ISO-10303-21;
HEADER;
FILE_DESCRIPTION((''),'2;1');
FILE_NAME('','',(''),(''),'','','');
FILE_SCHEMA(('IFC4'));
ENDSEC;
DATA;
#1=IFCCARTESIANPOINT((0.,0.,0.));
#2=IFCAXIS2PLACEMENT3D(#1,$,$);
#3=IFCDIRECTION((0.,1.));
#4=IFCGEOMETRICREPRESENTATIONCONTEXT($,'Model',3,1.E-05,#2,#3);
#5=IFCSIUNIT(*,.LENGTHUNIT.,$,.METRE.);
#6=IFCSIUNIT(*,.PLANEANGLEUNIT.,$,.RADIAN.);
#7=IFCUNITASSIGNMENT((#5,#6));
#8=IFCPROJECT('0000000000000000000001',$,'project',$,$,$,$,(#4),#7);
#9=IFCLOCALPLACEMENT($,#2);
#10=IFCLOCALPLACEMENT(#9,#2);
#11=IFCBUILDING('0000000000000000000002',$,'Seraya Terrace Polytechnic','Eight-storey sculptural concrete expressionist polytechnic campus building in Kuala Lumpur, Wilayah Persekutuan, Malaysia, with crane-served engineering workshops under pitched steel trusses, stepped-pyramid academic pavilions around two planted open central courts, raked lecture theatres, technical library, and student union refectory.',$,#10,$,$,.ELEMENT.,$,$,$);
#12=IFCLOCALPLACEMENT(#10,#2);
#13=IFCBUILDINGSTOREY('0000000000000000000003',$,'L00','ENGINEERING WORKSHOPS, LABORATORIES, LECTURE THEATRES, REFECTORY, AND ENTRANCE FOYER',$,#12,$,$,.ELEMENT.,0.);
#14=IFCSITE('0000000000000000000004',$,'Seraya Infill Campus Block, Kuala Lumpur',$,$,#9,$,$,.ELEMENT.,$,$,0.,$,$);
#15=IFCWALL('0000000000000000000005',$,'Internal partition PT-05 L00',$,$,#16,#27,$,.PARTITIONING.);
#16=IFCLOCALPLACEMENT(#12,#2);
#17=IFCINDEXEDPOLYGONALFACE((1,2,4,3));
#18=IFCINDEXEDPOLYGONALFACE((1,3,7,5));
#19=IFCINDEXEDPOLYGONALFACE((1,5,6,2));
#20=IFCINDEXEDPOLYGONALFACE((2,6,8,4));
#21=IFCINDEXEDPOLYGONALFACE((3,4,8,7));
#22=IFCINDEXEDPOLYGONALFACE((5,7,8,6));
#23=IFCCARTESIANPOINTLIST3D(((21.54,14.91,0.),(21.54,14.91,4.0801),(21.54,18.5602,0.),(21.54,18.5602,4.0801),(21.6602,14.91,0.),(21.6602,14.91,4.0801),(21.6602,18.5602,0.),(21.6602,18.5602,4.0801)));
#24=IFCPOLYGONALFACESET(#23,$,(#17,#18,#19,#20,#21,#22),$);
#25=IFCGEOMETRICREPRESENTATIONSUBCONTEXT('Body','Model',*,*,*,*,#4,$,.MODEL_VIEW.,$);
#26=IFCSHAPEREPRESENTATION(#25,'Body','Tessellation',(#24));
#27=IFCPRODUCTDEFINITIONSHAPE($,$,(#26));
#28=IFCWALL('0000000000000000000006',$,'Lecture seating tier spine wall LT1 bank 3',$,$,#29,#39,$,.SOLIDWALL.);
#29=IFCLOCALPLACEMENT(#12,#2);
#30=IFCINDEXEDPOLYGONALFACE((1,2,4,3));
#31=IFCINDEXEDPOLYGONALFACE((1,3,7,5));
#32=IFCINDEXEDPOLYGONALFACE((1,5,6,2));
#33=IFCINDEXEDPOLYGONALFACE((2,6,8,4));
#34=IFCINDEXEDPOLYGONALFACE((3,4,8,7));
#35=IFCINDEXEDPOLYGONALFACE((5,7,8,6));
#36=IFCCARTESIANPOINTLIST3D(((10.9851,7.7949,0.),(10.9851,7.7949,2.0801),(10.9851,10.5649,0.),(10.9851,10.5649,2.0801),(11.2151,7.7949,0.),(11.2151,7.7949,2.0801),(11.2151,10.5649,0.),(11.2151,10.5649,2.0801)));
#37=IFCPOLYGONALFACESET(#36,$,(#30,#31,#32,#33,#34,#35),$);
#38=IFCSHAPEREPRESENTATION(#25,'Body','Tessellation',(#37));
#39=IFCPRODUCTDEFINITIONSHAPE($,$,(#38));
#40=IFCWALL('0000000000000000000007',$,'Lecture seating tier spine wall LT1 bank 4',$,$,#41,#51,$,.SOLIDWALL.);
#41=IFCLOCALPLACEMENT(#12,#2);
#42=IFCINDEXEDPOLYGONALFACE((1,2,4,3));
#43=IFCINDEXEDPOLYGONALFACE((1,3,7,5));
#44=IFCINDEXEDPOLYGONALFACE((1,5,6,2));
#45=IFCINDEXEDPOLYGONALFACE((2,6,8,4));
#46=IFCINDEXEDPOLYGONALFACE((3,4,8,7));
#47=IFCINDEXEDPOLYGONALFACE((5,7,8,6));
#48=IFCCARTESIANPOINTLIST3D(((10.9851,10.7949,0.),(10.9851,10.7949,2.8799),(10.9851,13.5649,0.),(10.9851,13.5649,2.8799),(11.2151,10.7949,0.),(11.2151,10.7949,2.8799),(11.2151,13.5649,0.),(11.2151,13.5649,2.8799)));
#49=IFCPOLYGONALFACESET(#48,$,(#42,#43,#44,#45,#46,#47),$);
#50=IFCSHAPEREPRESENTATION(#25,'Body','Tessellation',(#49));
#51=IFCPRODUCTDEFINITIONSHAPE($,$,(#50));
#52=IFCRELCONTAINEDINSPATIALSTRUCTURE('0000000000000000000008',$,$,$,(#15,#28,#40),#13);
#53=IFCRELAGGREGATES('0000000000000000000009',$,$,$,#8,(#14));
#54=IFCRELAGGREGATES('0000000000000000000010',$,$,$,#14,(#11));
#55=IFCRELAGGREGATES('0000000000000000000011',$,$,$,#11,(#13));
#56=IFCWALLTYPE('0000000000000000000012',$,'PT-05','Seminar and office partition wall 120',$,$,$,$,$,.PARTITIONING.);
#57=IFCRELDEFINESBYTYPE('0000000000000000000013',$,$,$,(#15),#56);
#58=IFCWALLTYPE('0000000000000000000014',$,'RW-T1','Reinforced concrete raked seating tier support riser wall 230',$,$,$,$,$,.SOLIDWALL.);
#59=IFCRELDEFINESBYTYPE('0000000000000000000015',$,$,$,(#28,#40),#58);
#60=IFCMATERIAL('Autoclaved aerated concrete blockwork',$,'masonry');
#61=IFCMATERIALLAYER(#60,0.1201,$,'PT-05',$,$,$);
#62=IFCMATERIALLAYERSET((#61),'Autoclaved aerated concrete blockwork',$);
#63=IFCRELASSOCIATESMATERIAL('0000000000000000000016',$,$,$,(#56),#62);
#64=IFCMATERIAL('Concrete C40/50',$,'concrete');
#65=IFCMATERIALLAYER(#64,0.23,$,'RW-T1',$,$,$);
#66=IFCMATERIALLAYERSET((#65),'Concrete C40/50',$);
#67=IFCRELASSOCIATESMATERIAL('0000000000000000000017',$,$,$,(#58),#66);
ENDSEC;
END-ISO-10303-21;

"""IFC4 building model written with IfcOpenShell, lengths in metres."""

from ifc_helpers import new_model, si_unit, direction, frame, frame_2d, origin, place, context, subcontext, project, spatial, rectangle, extrude, material, layer, layer_set, type_object, element, save


model = new_model("IFC4")

# Units and contexts
model_context = context("Model", 3, precision=1e-05, world=origin(), true_north=direction((0.0, 1.0)))
body_context = subcontext(model_context, "Body", "Model", "MODEL_VIEW")
ifc_project = project(units=[si_unit("LENGTHUNIT", "METRE"), si_unit("PLANEANGLEUNIT", "RADIAN")], contexts=[model_context])

# Site, building, storey
site_placement = place(None, origin())
site = spatial("IfcSite", under=ifc_project, at=site_placement, Name="Seraya Infill Campus Block, Kuala Lumpur", CompositionType="ELEMENT", RefElevation=0.0)
building_placement = place(site_placement, origin())
building = spatial("IfcBuilding", under=site, at=building_placement, Name="Seraya Terrace Polytechnic", Description="Eight-storey sculptural concrete expressionist polytechnic campus building in Kuala Lumpur, Wilayah Persekutuan, Malaysia, with crane-served engineering workshops under pitched steel trusses, stepped-pyramid academic pavilions around two planted open central courts, raked lecture theatres, technical library, and student union refectory.", CompositionType="ELEMENT")
storey_placement = place(building_placement, origin())
storey = spatial("IfcBuildingStorey", under=building, at=storey_placement, Name="L00", Description="ENGINEERING WORKSHOPS, LABORATORIES, LECTURE THEATRES, REFECTORY, AND ENTRANCE FOYER", CompositionType="ELEMENT", Elevation=0.0)

# Shared definitions
ifc_material_1 = material(Name="Concrete C40/50", Category="concrete")

# Walls
ifc_material_2 = material(Name="Autoclaved aerated concrete blockwork", Category="masonry")
ifc_layer_1 = layer(ifc_material_2, 0.1201, Name="PT-05")
ifc_layer_set_1 = layer_set([ifc_layer_1], Name="Autoclaved aerated concrete blockwork")
wall_type_1 = type_object("IfcWallType", Name="PT-05", Description="Seminar and office partition wall 120", PredefinedType="PARTITIONING", material=ifc_layer_set_1)
wall_1_placement = place(storey_placement, frame((21.6001, 14.9099, 0.0), z_axis=(0.0, 0.0, 1.0), x_axis=(0.0, 1.0, 0.0)))
element("IfcWall", 1, at=wall_1_placement, inside=storey, type_object=wall_type_1, Name="Internal partition PT-05 L00", PredefinedType="PARTITIONING", context=body_context, shape_type="SweptSolid", body=[
    extrude(rectangle(XDim=3.6501, YDim=0.1201, at=frame_2d((1.8252, 0.0))), origin(), (0.0, 0.0, 1.0), 4.0801),
])
ifc_layer_2 = layer(ifc_material_1, 0.23, Name="RW-T1")
ifc_layer_set_2 = layer_set([ifc_layer_2], Name="Concrete C40/50")
wall_type_2 = type_object("IfcWallType", Name="RW-T1", Description="Reinforced concrete raked seating tier support riser wall 230", PredefinedType="SOLIDWALL", material=ifc_layer_set_2)
wall_2_placement = place(storey_placement, frame((11.1001, 7.7949, 0.0), z_axis=(0.0, 0.0, 1.0), x_axis=(0.0, 1.0, 0.0)))
element("IfcWall", 2, at=wall_2_placement, inside=storey, type_object=wall_type_2, Name="Lecture seating tier spine wall LT1 bank 3", PredefinedType="SOLIDWALL", context=body_context, shape_type="SweptSolid", body=[
    extrude(rectangle(XDim=2.77, YDim=0.23, at=frame_2d((1.385, 0.0))), origin(), (0.0, 0.0, 1.0), 2.0801),
])
wall_3_placement = place(storey_placement, frame((11.1001, 10.7949, 0.0), z_axis=(0.0, 0.0, 1.0), x_axis=(0.0, 1.0, 0.0)))
element("IfcWall", 3, at=wall_3_placement, inside=storey, type_object=wall_type_2, Name="Lecture seating tier spine wall LT1 bank 4", PredefinedType="SOLIDWALL", context=body_context, shape_type="SweptSolid", body=[
    extrude(rectangle(XDim=2.77, YDim=0.23, at=frame_2d((1.385, 0.0))), origin(), (0.0, 0.0, 1.0), 2.8799),
])

save(model, "model.ifc")
